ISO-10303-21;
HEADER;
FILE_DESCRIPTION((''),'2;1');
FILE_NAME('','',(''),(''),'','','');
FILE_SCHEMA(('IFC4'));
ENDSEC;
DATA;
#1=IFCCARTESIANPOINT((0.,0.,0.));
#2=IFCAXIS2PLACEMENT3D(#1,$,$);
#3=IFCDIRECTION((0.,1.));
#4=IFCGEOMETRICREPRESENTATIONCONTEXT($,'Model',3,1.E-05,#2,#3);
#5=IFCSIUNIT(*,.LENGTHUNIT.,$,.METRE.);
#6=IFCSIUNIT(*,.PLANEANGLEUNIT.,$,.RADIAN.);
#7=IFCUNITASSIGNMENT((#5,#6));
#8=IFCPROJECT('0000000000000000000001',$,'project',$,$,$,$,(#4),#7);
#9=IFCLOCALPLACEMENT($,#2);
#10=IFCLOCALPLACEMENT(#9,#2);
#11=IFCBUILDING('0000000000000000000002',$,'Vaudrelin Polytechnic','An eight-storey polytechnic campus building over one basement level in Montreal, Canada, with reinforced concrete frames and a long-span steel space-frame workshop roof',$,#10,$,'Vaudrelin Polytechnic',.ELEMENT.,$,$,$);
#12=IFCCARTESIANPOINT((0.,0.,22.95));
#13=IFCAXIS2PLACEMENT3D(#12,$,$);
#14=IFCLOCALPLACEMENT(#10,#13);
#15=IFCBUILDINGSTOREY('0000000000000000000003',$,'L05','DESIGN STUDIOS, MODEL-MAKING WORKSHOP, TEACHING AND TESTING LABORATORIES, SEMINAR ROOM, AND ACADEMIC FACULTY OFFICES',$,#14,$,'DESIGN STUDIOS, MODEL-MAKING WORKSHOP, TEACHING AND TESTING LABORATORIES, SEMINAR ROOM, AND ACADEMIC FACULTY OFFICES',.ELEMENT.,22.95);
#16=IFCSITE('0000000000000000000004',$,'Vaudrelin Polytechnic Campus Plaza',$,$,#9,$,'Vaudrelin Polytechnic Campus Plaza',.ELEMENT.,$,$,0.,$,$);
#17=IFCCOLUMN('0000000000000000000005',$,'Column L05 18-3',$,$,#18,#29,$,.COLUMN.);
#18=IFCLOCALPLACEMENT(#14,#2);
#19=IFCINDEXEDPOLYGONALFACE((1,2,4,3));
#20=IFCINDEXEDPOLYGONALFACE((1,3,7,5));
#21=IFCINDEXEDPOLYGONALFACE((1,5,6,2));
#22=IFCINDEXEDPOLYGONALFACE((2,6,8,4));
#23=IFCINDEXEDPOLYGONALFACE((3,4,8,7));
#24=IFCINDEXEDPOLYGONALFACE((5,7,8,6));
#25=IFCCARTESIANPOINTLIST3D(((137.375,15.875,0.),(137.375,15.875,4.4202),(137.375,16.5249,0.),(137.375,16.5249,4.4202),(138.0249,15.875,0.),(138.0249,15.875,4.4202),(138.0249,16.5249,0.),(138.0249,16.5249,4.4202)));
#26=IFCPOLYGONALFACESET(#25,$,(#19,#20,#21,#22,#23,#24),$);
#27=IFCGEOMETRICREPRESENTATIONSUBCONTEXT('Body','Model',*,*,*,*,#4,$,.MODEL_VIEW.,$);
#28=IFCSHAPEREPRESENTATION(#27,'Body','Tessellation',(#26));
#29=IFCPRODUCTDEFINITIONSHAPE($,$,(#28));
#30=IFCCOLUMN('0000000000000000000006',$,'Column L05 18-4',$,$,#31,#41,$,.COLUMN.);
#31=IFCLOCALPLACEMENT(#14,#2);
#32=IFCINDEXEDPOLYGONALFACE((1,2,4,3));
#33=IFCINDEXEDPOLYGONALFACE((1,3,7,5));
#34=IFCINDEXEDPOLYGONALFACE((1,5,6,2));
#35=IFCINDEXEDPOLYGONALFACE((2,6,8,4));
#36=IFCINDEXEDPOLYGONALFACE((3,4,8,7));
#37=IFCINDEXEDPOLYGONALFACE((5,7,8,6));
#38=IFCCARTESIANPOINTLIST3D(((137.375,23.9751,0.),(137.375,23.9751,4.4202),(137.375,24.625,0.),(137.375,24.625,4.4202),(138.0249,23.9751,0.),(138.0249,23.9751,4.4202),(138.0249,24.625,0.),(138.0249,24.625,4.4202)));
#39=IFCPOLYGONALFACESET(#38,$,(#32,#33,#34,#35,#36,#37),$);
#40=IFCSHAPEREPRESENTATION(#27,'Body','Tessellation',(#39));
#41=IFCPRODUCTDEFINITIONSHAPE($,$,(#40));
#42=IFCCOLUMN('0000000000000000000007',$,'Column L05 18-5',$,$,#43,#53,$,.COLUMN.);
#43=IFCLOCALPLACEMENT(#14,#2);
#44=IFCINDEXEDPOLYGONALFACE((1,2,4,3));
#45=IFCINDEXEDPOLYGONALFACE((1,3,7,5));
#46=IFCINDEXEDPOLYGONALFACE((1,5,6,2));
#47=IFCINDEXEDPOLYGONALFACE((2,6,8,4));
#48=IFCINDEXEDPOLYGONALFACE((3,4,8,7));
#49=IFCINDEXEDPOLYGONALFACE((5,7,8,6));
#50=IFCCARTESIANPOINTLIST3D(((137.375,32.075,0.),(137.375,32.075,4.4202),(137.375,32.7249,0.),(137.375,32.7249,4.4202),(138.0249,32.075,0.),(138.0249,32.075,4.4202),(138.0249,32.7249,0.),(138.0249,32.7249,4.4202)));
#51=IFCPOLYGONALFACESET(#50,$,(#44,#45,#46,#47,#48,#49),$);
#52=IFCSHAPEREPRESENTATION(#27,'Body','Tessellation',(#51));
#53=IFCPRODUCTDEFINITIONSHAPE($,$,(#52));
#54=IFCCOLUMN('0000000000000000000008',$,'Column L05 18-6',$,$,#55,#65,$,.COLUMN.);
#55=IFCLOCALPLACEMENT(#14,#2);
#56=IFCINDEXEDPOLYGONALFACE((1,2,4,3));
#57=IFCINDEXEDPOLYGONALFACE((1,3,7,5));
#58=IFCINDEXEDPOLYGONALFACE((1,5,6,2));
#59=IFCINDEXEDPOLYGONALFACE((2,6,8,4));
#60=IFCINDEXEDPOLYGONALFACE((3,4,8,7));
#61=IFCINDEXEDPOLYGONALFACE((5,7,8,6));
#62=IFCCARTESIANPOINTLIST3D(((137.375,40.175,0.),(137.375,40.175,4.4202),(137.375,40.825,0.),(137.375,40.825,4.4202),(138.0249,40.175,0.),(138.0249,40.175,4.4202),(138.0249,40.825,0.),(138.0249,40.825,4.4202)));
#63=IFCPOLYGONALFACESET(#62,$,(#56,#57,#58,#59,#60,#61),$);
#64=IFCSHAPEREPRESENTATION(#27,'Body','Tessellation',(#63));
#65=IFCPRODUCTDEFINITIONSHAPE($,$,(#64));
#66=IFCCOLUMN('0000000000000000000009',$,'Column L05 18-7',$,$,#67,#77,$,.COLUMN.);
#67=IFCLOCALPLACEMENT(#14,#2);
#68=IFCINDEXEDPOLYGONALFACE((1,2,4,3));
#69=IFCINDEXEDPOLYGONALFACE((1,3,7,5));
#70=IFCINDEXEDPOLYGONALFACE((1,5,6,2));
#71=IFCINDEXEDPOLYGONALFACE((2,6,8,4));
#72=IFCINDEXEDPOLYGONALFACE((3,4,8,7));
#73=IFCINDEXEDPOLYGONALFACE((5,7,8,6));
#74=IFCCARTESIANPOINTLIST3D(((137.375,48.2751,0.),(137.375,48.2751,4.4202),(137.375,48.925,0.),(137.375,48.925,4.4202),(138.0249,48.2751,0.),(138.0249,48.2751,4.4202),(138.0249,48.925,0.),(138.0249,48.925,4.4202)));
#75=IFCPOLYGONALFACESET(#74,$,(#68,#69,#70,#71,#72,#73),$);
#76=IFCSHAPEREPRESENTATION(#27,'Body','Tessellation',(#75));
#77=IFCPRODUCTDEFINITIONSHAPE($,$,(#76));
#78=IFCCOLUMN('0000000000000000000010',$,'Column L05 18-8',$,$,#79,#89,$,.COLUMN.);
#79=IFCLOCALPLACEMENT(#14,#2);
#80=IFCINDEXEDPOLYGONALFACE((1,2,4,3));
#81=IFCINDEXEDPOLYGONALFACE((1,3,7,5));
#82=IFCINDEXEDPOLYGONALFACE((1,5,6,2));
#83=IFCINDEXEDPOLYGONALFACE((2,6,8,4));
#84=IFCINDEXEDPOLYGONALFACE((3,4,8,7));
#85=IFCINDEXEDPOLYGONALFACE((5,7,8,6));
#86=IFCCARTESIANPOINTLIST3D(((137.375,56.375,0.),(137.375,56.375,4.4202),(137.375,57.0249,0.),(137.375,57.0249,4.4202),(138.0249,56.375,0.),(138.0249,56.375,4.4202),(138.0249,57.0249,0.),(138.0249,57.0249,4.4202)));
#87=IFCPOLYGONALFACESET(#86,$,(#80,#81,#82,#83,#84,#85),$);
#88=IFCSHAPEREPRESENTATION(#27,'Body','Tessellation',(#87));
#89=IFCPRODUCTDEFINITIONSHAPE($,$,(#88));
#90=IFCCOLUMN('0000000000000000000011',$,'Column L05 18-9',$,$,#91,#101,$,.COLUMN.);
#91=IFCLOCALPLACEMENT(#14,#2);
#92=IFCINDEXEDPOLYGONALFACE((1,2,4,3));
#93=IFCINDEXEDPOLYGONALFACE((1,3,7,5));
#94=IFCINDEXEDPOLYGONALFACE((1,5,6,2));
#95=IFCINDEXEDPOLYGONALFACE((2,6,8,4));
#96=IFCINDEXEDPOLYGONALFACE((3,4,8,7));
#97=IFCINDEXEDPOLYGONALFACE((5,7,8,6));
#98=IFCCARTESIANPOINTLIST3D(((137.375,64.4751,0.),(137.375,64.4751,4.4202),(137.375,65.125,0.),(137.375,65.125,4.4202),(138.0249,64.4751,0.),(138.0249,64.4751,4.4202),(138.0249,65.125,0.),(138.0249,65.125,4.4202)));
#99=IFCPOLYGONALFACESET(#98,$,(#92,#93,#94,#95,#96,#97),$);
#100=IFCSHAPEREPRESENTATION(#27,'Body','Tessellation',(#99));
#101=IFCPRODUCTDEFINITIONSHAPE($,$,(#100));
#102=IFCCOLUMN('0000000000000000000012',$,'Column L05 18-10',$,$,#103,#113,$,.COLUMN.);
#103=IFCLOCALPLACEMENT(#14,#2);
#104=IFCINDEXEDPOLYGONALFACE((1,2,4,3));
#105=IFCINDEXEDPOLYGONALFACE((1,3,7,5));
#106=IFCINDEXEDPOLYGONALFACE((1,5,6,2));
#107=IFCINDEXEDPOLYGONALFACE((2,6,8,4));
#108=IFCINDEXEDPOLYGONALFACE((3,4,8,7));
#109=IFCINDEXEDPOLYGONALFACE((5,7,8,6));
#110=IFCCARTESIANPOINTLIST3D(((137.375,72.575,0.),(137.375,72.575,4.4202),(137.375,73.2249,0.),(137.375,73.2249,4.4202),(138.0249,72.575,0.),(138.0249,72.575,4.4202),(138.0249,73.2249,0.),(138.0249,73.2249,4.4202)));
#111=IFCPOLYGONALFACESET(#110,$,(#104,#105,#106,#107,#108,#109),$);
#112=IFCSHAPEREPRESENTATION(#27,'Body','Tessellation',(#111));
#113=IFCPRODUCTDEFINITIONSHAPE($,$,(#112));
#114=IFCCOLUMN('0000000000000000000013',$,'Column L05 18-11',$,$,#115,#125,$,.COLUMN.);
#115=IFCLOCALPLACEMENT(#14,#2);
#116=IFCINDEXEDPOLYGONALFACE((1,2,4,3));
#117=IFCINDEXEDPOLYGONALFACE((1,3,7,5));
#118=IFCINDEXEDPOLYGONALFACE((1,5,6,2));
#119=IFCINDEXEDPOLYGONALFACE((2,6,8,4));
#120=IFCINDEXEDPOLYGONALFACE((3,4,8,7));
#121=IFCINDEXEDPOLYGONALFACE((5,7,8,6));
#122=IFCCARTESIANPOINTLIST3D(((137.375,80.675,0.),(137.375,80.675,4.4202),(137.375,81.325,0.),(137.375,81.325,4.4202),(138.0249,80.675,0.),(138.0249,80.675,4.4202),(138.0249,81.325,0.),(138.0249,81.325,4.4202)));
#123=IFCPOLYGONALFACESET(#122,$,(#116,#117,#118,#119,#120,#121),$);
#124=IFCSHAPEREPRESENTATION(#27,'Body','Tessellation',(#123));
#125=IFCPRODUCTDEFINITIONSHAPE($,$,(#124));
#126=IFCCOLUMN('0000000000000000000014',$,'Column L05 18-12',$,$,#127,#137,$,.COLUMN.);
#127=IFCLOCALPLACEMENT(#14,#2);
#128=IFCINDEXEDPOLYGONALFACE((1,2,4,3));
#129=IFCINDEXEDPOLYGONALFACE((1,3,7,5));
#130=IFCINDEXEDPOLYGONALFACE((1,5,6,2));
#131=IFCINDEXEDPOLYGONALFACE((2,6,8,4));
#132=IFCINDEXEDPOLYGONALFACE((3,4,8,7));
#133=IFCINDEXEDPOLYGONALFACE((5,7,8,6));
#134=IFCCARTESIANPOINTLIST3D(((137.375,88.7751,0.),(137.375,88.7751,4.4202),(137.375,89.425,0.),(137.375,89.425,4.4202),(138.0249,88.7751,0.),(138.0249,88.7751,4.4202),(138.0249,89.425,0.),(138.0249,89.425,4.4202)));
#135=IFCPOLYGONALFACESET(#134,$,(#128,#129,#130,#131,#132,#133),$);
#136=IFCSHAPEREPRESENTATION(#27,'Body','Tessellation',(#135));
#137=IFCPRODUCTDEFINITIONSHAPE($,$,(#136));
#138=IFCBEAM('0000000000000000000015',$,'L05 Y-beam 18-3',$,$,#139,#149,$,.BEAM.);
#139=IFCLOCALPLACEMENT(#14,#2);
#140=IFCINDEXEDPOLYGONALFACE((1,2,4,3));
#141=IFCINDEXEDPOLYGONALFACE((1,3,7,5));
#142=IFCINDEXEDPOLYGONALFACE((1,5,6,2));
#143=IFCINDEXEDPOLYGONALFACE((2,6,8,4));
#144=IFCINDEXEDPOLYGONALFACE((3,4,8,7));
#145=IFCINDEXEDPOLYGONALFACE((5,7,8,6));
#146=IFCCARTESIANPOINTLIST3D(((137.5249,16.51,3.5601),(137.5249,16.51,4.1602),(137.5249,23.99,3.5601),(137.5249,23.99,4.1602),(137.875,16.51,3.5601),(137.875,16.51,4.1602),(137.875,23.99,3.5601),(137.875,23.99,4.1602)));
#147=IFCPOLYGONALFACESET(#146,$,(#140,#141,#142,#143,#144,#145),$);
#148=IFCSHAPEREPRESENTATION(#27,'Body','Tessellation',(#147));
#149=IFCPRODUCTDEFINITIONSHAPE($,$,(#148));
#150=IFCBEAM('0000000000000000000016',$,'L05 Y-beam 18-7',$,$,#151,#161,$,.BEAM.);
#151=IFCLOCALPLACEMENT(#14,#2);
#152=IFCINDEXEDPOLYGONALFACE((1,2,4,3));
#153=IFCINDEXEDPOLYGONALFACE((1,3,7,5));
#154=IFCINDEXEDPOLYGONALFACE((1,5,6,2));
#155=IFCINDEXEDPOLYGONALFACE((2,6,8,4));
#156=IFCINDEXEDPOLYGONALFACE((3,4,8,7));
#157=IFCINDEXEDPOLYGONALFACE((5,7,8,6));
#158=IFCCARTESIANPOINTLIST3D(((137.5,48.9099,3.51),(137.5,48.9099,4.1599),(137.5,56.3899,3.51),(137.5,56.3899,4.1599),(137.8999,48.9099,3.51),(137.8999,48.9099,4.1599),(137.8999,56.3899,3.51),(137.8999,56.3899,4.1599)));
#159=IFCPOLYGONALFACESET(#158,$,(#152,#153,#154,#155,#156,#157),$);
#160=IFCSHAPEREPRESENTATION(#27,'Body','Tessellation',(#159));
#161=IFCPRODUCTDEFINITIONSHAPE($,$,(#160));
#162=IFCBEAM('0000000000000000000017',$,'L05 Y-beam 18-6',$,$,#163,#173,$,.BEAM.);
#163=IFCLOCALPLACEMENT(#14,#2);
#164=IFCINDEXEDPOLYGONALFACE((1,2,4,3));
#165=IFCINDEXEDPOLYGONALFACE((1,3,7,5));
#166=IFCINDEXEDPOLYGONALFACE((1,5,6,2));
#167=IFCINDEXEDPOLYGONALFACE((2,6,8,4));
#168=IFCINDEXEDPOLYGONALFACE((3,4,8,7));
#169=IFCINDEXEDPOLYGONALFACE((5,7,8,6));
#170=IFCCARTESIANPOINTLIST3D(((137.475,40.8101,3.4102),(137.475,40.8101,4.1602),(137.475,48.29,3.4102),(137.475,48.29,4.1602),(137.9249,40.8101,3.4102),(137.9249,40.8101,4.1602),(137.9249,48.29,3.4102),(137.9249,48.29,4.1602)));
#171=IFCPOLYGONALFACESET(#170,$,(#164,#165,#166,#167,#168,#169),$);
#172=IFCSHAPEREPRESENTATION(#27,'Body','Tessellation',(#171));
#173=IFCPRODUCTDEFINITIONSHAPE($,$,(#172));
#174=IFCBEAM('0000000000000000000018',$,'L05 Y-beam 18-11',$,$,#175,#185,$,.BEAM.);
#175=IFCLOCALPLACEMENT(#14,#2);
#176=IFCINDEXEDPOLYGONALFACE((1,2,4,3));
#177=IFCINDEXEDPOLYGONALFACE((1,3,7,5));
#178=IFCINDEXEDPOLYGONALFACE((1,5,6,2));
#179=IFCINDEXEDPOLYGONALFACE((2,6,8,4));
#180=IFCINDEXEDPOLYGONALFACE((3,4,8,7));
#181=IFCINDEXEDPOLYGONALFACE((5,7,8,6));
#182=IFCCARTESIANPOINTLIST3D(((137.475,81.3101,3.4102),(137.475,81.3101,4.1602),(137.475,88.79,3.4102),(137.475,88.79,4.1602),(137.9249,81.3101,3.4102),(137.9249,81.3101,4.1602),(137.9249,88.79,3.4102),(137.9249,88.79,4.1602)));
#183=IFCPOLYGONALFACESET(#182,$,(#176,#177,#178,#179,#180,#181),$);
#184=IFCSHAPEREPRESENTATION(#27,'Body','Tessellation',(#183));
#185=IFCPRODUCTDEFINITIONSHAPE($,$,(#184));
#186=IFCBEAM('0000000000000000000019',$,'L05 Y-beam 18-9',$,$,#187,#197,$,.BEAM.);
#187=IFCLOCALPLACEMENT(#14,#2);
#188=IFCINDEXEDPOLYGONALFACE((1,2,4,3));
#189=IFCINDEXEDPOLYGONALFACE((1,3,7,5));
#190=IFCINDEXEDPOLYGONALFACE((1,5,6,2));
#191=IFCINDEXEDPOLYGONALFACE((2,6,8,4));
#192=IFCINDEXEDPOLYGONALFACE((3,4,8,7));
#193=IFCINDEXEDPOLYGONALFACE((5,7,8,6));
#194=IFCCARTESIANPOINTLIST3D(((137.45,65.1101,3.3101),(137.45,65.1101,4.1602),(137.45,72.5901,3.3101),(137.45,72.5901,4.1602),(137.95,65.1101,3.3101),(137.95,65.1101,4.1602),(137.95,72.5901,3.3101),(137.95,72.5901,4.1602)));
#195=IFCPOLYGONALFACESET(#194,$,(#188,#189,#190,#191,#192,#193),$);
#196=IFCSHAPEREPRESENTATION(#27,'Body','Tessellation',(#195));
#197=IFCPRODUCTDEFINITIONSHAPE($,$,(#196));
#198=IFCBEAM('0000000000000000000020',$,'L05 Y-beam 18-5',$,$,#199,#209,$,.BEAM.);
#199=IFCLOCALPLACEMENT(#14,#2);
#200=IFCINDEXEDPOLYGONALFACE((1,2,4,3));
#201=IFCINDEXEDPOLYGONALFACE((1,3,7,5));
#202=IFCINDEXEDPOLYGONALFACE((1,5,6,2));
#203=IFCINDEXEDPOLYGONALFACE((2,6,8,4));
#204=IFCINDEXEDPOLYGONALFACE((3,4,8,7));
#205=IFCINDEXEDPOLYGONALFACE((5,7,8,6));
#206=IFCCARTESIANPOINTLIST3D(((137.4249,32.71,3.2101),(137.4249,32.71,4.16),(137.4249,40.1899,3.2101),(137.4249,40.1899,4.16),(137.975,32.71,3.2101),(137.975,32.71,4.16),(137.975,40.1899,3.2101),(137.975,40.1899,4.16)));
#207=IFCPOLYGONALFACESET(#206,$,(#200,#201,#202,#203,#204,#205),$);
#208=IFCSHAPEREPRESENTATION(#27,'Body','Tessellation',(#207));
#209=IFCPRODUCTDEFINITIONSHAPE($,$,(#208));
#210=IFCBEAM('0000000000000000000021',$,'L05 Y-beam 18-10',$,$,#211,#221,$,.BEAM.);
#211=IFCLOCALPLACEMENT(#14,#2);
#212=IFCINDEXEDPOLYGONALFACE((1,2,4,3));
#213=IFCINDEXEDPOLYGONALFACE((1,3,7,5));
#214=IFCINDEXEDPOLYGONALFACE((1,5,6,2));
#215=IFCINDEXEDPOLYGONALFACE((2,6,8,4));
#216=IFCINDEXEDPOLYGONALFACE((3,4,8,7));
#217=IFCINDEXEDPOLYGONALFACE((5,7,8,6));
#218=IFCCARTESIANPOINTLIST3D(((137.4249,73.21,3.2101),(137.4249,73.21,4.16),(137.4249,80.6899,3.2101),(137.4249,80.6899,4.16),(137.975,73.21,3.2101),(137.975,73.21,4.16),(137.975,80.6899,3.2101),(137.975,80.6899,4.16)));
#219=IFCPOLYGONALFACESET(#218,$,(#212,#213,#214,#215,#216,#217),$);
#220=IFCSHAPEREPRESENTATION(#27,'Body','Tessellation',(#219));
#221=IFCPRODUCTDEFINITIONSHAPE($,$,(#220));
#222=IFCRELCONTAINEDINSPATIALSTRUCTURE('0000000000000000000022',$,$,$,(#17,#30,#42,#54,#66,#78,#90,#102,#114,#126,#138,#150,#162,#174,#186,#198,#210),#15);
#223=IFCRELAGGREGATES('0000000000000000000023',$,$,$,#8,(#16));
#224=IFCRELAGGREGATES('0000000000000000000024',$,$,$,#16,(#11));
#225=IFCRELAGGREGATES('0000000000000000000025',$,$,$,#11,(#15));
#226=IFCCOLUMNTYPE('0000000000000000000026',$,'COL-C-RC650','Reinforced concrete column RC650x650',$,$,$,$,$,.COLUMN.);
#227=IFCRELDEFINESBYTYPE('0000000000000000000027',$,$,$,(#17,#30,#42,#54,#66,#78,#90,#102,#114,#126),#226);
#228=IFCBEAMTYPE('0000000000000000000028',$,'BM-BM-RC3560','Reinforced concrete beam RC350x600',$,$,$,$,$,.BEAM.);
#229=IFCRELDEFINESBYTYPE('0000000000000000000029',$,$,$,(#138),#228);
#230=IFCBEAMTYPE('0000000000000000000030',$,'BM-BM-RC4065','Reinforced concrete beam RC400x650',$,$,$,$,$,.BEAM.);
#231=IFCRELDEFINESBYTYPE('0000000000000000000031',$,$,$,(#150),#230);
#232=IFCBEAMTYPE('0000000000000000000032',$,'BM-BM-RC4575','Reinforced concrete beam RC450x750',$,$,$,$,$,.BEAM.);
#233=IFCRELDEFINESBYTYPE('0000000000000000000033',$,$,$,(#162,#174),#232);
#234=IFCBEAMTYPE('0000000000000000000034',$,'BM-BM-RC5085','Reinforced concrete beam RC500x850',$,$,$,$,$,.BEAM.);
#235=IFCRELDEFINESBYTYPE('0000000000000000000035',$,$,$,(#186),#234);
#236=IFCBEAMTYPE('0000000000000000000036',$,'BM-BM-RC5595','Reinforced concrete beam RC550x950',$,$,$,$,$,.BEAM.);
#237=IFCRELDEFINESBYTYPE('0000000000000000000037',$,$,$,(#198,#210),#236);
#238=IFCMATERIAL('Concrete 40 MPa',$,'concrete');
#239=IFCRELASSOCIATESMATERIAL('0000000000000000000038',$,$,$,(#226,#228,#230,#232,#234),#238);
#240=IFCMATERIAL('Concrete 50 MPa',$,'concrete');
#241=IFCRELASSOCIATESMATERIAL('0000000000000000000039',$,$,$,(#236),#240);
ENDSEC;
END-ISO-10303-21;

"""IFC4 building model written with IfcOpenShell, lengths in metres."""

from ifc_helpers import new_model, si_unit, direction, frame, origin, origin_2d, place, context, subcontext, project, spatial, rectangle, extrude, material, material_profile, profile_set, type_object, element, save


model = new_model("IFC4")

# Units and contexts
model_context = context("Model", 3, precision=1e-05, world=origin(), true_north=direction((0.0, 1.0)))
body_context = subcontext(model_context, "Body", "Model", "MODEL_VIEW")
ifc_project = project(units=[si_unit("LENGTHUNIT", "METRE"), si_unit("PLANEANGLEUNIT", "RADIAN")], contexts=[model_context])

# Site, building, storey
site_placement = place(None, origin())
site = spatial("IfcSite", under=ifc_project, at=site_placement, Name="Vaudrelin Polytechnic Campus Plaza", LongName="Vaudrelin Polytechnic Campus Plaza", CompositionType="ELEMENT", RefElevation=0.0)
building_placement = place(site_placement, origin())
building = spatial("IfcBuilding", under=site, at=building_placement, Name="Vaudrelin Polytechnic", Description="An eight-storey polytechnic campus building over one basement level in Montreal, Canada, with reinforced concrete frames and a long-span steel space-frame workshop roof", LongName="Vaudrelin Polytechnic", CompositionType="ELEMENT")
storey_placement = place(building_placement, frame((0.0, 0.0, 22.95)))
storey = spatial("IfcBuildingStorey", under=building, at=storey_placement, Name="L05", Description="DESIGN STUDIOS, MODEL-MAKING WORKSHOP, TEACHING AND TESTING LABORATORIES, SEMINAR ROOM, AND ACADEMIC FACULTY OFFICES", LongName="DESIGN STUDIOS, MODEL-MAKING WORKSHOP, TEACHING AND TESTING LABORATORIES, SEMINAR ROOM, AND ACADEMIC FACULTY OFFICES", CompositionType="ELEMENT", Elevation=22.95)

# Columns
ifc_material_1 = material(Name="Concrete 40 MPa", Category="concrete")
ifc_material_profile_1 = material_profile(ifc_material_1, rectangle(XDim=0.6499, YDim=0.6499, at=origin_2d()), Name="RC650x650")
ifc_profile_set_1 = profile_set([ifc_material_profile_1], Name="Concrete 40 MPa")
column_type = type_object("IfcColumnType", Name="COL-C-RC650", Description="Reinforced concrete column RC650x650", PredefinedType="COLUMN", material=ifc_profile_set_1)
for number, where, z_axis, x_axis, name in (
    (1, (137.7, 16.2, 0.0), (0.0, 0.0, 1.0), (1.0, 0.0, 0.0), "Column L05 18-3"),
    (2, (137.7, 24.3, 0.0), (0.0, 0.0, 1.0), (1.0, 0.0, 0.0), "Column L05 18-4"),
    (3, (137.7, 32.3999, 0.0), (0.0, 0.0, 1.0), (1.0, 0.0, 0.0), "Column L05 18-5"),
    (4, (137.7, 40.5, 0.0), (0.0, 0.0, 1.0), (1.0, 0.0, 0.0), "Column L05 18-6"),
    (5, (137.7, 48.6001, 0.0), (0.0, 0.0, 1.0), (1.0, 0.0, 0.0), "Column L05 18-7"),
    (6, (137.7, 56.7, 0.0), (0.0, 0.0, 1.0), (1.0, 0.0, 0.0), "Column L05 18-8"),
    (7, (137.7, 64.8, 0.0), (0.0, 0.0, 1.0), (1.0, 0.0, 0.0), "Column L05 18-9"),
    (8, (137.7, 72.8999, 0.0), (0.0, 0.0, 1.0), (1.0, 0.0, 0.0), "Column L05 18-10"),
    (9, (137.7, 81.0, 0.0), (0.0, 0.0, 1.0), (1.0, 0.0, 0.0), "Column L05 18-11"),
    (10, (137.7, 89.1001, 0.0), (0.0, 0.0, 1.0), (1.0, 0.0, 0.0), "Column L05 18-12"),
):
    element("IfcColumn", number, at=place(storey_placement, frame(where, z_axis=z_axis, x_axis=x_axis)), inside=storey, type_object=column_type, Name=name, PredefinedType="COLUMN", context=body_context, shape_type="SweptSolid", body=[
        extrude(rectangle(XDim=0.6499, YDim=0.6499, at=origin_2d()), origin(), (0.0, 0.0, 1.0), 4.4202),
    ])

# Beams
ifc_material_profile_2 = material_profile(ifc_material_1, rectangle(XDim=0.3501, YDim=0.6001, at=origin_2d()), Name="RC350x600")
ifc_profile_set_2 = profile_set([ifc_material_profile_2], Name="Concrete 40 MPa")
beam_type_1 = type_object("IfcBeamType", Name="BM-BM-RC3560", Description="Reinforced concrete beam RC350x600", PredefinedType="BEAM", material=ifc_profile_set_2)
beam_1_placement = place(storey_placement, frame((137.7, 16.51, 3.8601), z_axis=(0.0, 1.0, 0.0), x_axis=(-1.0, 0.0, 0.0)))
element("IfcBeam", 11, at=beam_1_placement, inside=storey, type_object=beam_type_1, Name="L05 Y-beam 18-3", PredefinedType="BEAM", context=body_context, shape_type="SweptSolid", body=[
    extrude(rectangle(XDim=0.3501, YDim=0.6001, at=origin_2d()), origin(), (0.0, 0.0, 1.0), 7.48),
])
ifc_material_profile_3 = material_profile(ifc_material_1, rectangle(XDim=0.3999, YDim=0.6499, at=origin_2d()), Name="RC400x650")
ifc_profile_set_3 = profile_set([ifc_material_profile_3], Name="Concrete 40 MPa")
beam_type_2 = type_object("IfcBeamType", Name="BM-BM-RC4065", Description="Reinforced concrete beam RC400x650", PredefinedType="BEAM", material=ifc_profile_set_3)
beam_2_placement = place(storey_placement, frame((137.7, 48.9099, 3.835), z_axis=(0.0, 1.0, 0.0), x_axis=(-1.0, 0.0, 0.0)))
element("IfcBeam", 12, at=beam_2_placement, inside=storey, type_object=beam_type_2, Name="L05 Y-beam 18-7", PredefinedType="BEAM", context=body_context, shape_type="SweptSolid", body=[
    extrude(rectangle(XDim=0.3999, YDim=0.6499, at=origin_2d()), origin(), (0.0, 0.0, 1.0), 7.48),
])
ifc_material_profile_4 = material_profile(ifc_material_1, rectangle(XDim=0.45, YDim=0.75, at=origin_2d()), Name="RC450x750")
ifc_profile_set_4 = profile_set([ifc_material_profile_4], Name="Concrete 40 MPa")
beam_type_3 = type_object("IfcBeamType", Name="BM-BM-RC4575", Description="Reinforced concrete beam RC450x750", PredefinedType="BEAM", material=ifc_profile_set_4)
for number, where, z_axis, x_axis, name in (
    (13, (137.7, 40.8101, 3.7852), (0.0, 1.0, 0.0), (-1.0, 0.0, 0.0), "L05 Y-beam 18-6"),
    (14, (137.7, 81.3101, 3.7852), (0.0, 1.0, 0.0), (-1.0, 0.0, 0.0), "L05 Y-beam 18-11"),
):
    element("IfcBeam", number, at=place(storey_placement, frame(where, z_axis=z_axis, x_axis=x_axis)), inside=storey, type_object=beam_type_3, Name=name, PredefinedType="BEAM", context=body_context, shape_type="SweptSolid", body=[
        extrude(rectangle(XDim=0.45, YDim=0.75, at=origin_2d()), origin(), (0.0, 0.0, 1.0), 7.48),
    ])
ifc_material_profile_5 = material_profile(ifc_material_1, rectangle(XDim=0.5, YDim=0.8501, at=origin_2d()), Name="RC500x850")
ifc_profile_set_5 = profile_set([ifc_material_profile_5], Name="Concrete 40 MPa")
beam_type_4 = type_object("IfcBeamType", Name="BM-BM-RC5085", Description="Reinforced concrete beam RC500x850", PredefinedType="BEAM", material=ifc_profile_set_5)
beam_3_placement = place(storey_placement, frame((137.7, 65.1101, 3.7351), z_axis=(0.0, 1.0, 0.0), x_axis=(-1.0, 0.0, 0.0)))
element("IfcBeam", 15, at=beam_3_placement, inside=storey, type_object=beam_type_4, Name="L05 Y-beam 18-9", PredefinedType="BEAM", context=body_context, shape_type="SweptSolid", body=[
    extrude(rectangle(XDim=0.5, YDim=0.8501, at=origin_2d()), origin(), (0.0, 0.0, 1.0), 7.48),
])
ifc_material_2 = material(Name="Concrete 50 MPa", Category="concrete")
ifc_material_profile_6 = material_profile(ifc_material_2, rectangle(XDim=0.55, YDim=0.95, at=origin_2d()), Name="RC550x950")
ifc_profile_set_6 = profile_set([ifc_material_profile_6], Name="Concrete 50 MPa")
beam_type_5 = type_object("IfcBeamType", Name="BM-BM-RC5595", Description="Reinforced concrete beam RC550x950", PredefinedType="BEAM", material=ifc_profile_set_6)
for number, where, z_axis, x_axis, name in (
    (16, (137.7, 32.71, 3.6851), (0.0, 1.0, 0.0), (-1.0, 0.0, 0.0), "L05 Y-beam 18-5"),
    (17, (137.7, 73.21, 3.6851), (0.0, 1.0, 0.0), (-1.0, 0.0, 0.0), "L05 Y-beam 18-10"),
):
    element("IfcBeam", number, at=place(storey_placement, frame(where, z_axis=z_axis, x_axis=x_axis)), inside=storey, type_object=beam_type_5, Name=name, PredefinedType="BEAM", context=body_context, shape_type="SweptSolid", body=[
        extrude(rectangle(XDim=0.55, YDim=0.95, at=origin_2d()), origin(), (0.0, 0.0, 1.0), 7.48),
    ])

save(model, "model.ifc")
